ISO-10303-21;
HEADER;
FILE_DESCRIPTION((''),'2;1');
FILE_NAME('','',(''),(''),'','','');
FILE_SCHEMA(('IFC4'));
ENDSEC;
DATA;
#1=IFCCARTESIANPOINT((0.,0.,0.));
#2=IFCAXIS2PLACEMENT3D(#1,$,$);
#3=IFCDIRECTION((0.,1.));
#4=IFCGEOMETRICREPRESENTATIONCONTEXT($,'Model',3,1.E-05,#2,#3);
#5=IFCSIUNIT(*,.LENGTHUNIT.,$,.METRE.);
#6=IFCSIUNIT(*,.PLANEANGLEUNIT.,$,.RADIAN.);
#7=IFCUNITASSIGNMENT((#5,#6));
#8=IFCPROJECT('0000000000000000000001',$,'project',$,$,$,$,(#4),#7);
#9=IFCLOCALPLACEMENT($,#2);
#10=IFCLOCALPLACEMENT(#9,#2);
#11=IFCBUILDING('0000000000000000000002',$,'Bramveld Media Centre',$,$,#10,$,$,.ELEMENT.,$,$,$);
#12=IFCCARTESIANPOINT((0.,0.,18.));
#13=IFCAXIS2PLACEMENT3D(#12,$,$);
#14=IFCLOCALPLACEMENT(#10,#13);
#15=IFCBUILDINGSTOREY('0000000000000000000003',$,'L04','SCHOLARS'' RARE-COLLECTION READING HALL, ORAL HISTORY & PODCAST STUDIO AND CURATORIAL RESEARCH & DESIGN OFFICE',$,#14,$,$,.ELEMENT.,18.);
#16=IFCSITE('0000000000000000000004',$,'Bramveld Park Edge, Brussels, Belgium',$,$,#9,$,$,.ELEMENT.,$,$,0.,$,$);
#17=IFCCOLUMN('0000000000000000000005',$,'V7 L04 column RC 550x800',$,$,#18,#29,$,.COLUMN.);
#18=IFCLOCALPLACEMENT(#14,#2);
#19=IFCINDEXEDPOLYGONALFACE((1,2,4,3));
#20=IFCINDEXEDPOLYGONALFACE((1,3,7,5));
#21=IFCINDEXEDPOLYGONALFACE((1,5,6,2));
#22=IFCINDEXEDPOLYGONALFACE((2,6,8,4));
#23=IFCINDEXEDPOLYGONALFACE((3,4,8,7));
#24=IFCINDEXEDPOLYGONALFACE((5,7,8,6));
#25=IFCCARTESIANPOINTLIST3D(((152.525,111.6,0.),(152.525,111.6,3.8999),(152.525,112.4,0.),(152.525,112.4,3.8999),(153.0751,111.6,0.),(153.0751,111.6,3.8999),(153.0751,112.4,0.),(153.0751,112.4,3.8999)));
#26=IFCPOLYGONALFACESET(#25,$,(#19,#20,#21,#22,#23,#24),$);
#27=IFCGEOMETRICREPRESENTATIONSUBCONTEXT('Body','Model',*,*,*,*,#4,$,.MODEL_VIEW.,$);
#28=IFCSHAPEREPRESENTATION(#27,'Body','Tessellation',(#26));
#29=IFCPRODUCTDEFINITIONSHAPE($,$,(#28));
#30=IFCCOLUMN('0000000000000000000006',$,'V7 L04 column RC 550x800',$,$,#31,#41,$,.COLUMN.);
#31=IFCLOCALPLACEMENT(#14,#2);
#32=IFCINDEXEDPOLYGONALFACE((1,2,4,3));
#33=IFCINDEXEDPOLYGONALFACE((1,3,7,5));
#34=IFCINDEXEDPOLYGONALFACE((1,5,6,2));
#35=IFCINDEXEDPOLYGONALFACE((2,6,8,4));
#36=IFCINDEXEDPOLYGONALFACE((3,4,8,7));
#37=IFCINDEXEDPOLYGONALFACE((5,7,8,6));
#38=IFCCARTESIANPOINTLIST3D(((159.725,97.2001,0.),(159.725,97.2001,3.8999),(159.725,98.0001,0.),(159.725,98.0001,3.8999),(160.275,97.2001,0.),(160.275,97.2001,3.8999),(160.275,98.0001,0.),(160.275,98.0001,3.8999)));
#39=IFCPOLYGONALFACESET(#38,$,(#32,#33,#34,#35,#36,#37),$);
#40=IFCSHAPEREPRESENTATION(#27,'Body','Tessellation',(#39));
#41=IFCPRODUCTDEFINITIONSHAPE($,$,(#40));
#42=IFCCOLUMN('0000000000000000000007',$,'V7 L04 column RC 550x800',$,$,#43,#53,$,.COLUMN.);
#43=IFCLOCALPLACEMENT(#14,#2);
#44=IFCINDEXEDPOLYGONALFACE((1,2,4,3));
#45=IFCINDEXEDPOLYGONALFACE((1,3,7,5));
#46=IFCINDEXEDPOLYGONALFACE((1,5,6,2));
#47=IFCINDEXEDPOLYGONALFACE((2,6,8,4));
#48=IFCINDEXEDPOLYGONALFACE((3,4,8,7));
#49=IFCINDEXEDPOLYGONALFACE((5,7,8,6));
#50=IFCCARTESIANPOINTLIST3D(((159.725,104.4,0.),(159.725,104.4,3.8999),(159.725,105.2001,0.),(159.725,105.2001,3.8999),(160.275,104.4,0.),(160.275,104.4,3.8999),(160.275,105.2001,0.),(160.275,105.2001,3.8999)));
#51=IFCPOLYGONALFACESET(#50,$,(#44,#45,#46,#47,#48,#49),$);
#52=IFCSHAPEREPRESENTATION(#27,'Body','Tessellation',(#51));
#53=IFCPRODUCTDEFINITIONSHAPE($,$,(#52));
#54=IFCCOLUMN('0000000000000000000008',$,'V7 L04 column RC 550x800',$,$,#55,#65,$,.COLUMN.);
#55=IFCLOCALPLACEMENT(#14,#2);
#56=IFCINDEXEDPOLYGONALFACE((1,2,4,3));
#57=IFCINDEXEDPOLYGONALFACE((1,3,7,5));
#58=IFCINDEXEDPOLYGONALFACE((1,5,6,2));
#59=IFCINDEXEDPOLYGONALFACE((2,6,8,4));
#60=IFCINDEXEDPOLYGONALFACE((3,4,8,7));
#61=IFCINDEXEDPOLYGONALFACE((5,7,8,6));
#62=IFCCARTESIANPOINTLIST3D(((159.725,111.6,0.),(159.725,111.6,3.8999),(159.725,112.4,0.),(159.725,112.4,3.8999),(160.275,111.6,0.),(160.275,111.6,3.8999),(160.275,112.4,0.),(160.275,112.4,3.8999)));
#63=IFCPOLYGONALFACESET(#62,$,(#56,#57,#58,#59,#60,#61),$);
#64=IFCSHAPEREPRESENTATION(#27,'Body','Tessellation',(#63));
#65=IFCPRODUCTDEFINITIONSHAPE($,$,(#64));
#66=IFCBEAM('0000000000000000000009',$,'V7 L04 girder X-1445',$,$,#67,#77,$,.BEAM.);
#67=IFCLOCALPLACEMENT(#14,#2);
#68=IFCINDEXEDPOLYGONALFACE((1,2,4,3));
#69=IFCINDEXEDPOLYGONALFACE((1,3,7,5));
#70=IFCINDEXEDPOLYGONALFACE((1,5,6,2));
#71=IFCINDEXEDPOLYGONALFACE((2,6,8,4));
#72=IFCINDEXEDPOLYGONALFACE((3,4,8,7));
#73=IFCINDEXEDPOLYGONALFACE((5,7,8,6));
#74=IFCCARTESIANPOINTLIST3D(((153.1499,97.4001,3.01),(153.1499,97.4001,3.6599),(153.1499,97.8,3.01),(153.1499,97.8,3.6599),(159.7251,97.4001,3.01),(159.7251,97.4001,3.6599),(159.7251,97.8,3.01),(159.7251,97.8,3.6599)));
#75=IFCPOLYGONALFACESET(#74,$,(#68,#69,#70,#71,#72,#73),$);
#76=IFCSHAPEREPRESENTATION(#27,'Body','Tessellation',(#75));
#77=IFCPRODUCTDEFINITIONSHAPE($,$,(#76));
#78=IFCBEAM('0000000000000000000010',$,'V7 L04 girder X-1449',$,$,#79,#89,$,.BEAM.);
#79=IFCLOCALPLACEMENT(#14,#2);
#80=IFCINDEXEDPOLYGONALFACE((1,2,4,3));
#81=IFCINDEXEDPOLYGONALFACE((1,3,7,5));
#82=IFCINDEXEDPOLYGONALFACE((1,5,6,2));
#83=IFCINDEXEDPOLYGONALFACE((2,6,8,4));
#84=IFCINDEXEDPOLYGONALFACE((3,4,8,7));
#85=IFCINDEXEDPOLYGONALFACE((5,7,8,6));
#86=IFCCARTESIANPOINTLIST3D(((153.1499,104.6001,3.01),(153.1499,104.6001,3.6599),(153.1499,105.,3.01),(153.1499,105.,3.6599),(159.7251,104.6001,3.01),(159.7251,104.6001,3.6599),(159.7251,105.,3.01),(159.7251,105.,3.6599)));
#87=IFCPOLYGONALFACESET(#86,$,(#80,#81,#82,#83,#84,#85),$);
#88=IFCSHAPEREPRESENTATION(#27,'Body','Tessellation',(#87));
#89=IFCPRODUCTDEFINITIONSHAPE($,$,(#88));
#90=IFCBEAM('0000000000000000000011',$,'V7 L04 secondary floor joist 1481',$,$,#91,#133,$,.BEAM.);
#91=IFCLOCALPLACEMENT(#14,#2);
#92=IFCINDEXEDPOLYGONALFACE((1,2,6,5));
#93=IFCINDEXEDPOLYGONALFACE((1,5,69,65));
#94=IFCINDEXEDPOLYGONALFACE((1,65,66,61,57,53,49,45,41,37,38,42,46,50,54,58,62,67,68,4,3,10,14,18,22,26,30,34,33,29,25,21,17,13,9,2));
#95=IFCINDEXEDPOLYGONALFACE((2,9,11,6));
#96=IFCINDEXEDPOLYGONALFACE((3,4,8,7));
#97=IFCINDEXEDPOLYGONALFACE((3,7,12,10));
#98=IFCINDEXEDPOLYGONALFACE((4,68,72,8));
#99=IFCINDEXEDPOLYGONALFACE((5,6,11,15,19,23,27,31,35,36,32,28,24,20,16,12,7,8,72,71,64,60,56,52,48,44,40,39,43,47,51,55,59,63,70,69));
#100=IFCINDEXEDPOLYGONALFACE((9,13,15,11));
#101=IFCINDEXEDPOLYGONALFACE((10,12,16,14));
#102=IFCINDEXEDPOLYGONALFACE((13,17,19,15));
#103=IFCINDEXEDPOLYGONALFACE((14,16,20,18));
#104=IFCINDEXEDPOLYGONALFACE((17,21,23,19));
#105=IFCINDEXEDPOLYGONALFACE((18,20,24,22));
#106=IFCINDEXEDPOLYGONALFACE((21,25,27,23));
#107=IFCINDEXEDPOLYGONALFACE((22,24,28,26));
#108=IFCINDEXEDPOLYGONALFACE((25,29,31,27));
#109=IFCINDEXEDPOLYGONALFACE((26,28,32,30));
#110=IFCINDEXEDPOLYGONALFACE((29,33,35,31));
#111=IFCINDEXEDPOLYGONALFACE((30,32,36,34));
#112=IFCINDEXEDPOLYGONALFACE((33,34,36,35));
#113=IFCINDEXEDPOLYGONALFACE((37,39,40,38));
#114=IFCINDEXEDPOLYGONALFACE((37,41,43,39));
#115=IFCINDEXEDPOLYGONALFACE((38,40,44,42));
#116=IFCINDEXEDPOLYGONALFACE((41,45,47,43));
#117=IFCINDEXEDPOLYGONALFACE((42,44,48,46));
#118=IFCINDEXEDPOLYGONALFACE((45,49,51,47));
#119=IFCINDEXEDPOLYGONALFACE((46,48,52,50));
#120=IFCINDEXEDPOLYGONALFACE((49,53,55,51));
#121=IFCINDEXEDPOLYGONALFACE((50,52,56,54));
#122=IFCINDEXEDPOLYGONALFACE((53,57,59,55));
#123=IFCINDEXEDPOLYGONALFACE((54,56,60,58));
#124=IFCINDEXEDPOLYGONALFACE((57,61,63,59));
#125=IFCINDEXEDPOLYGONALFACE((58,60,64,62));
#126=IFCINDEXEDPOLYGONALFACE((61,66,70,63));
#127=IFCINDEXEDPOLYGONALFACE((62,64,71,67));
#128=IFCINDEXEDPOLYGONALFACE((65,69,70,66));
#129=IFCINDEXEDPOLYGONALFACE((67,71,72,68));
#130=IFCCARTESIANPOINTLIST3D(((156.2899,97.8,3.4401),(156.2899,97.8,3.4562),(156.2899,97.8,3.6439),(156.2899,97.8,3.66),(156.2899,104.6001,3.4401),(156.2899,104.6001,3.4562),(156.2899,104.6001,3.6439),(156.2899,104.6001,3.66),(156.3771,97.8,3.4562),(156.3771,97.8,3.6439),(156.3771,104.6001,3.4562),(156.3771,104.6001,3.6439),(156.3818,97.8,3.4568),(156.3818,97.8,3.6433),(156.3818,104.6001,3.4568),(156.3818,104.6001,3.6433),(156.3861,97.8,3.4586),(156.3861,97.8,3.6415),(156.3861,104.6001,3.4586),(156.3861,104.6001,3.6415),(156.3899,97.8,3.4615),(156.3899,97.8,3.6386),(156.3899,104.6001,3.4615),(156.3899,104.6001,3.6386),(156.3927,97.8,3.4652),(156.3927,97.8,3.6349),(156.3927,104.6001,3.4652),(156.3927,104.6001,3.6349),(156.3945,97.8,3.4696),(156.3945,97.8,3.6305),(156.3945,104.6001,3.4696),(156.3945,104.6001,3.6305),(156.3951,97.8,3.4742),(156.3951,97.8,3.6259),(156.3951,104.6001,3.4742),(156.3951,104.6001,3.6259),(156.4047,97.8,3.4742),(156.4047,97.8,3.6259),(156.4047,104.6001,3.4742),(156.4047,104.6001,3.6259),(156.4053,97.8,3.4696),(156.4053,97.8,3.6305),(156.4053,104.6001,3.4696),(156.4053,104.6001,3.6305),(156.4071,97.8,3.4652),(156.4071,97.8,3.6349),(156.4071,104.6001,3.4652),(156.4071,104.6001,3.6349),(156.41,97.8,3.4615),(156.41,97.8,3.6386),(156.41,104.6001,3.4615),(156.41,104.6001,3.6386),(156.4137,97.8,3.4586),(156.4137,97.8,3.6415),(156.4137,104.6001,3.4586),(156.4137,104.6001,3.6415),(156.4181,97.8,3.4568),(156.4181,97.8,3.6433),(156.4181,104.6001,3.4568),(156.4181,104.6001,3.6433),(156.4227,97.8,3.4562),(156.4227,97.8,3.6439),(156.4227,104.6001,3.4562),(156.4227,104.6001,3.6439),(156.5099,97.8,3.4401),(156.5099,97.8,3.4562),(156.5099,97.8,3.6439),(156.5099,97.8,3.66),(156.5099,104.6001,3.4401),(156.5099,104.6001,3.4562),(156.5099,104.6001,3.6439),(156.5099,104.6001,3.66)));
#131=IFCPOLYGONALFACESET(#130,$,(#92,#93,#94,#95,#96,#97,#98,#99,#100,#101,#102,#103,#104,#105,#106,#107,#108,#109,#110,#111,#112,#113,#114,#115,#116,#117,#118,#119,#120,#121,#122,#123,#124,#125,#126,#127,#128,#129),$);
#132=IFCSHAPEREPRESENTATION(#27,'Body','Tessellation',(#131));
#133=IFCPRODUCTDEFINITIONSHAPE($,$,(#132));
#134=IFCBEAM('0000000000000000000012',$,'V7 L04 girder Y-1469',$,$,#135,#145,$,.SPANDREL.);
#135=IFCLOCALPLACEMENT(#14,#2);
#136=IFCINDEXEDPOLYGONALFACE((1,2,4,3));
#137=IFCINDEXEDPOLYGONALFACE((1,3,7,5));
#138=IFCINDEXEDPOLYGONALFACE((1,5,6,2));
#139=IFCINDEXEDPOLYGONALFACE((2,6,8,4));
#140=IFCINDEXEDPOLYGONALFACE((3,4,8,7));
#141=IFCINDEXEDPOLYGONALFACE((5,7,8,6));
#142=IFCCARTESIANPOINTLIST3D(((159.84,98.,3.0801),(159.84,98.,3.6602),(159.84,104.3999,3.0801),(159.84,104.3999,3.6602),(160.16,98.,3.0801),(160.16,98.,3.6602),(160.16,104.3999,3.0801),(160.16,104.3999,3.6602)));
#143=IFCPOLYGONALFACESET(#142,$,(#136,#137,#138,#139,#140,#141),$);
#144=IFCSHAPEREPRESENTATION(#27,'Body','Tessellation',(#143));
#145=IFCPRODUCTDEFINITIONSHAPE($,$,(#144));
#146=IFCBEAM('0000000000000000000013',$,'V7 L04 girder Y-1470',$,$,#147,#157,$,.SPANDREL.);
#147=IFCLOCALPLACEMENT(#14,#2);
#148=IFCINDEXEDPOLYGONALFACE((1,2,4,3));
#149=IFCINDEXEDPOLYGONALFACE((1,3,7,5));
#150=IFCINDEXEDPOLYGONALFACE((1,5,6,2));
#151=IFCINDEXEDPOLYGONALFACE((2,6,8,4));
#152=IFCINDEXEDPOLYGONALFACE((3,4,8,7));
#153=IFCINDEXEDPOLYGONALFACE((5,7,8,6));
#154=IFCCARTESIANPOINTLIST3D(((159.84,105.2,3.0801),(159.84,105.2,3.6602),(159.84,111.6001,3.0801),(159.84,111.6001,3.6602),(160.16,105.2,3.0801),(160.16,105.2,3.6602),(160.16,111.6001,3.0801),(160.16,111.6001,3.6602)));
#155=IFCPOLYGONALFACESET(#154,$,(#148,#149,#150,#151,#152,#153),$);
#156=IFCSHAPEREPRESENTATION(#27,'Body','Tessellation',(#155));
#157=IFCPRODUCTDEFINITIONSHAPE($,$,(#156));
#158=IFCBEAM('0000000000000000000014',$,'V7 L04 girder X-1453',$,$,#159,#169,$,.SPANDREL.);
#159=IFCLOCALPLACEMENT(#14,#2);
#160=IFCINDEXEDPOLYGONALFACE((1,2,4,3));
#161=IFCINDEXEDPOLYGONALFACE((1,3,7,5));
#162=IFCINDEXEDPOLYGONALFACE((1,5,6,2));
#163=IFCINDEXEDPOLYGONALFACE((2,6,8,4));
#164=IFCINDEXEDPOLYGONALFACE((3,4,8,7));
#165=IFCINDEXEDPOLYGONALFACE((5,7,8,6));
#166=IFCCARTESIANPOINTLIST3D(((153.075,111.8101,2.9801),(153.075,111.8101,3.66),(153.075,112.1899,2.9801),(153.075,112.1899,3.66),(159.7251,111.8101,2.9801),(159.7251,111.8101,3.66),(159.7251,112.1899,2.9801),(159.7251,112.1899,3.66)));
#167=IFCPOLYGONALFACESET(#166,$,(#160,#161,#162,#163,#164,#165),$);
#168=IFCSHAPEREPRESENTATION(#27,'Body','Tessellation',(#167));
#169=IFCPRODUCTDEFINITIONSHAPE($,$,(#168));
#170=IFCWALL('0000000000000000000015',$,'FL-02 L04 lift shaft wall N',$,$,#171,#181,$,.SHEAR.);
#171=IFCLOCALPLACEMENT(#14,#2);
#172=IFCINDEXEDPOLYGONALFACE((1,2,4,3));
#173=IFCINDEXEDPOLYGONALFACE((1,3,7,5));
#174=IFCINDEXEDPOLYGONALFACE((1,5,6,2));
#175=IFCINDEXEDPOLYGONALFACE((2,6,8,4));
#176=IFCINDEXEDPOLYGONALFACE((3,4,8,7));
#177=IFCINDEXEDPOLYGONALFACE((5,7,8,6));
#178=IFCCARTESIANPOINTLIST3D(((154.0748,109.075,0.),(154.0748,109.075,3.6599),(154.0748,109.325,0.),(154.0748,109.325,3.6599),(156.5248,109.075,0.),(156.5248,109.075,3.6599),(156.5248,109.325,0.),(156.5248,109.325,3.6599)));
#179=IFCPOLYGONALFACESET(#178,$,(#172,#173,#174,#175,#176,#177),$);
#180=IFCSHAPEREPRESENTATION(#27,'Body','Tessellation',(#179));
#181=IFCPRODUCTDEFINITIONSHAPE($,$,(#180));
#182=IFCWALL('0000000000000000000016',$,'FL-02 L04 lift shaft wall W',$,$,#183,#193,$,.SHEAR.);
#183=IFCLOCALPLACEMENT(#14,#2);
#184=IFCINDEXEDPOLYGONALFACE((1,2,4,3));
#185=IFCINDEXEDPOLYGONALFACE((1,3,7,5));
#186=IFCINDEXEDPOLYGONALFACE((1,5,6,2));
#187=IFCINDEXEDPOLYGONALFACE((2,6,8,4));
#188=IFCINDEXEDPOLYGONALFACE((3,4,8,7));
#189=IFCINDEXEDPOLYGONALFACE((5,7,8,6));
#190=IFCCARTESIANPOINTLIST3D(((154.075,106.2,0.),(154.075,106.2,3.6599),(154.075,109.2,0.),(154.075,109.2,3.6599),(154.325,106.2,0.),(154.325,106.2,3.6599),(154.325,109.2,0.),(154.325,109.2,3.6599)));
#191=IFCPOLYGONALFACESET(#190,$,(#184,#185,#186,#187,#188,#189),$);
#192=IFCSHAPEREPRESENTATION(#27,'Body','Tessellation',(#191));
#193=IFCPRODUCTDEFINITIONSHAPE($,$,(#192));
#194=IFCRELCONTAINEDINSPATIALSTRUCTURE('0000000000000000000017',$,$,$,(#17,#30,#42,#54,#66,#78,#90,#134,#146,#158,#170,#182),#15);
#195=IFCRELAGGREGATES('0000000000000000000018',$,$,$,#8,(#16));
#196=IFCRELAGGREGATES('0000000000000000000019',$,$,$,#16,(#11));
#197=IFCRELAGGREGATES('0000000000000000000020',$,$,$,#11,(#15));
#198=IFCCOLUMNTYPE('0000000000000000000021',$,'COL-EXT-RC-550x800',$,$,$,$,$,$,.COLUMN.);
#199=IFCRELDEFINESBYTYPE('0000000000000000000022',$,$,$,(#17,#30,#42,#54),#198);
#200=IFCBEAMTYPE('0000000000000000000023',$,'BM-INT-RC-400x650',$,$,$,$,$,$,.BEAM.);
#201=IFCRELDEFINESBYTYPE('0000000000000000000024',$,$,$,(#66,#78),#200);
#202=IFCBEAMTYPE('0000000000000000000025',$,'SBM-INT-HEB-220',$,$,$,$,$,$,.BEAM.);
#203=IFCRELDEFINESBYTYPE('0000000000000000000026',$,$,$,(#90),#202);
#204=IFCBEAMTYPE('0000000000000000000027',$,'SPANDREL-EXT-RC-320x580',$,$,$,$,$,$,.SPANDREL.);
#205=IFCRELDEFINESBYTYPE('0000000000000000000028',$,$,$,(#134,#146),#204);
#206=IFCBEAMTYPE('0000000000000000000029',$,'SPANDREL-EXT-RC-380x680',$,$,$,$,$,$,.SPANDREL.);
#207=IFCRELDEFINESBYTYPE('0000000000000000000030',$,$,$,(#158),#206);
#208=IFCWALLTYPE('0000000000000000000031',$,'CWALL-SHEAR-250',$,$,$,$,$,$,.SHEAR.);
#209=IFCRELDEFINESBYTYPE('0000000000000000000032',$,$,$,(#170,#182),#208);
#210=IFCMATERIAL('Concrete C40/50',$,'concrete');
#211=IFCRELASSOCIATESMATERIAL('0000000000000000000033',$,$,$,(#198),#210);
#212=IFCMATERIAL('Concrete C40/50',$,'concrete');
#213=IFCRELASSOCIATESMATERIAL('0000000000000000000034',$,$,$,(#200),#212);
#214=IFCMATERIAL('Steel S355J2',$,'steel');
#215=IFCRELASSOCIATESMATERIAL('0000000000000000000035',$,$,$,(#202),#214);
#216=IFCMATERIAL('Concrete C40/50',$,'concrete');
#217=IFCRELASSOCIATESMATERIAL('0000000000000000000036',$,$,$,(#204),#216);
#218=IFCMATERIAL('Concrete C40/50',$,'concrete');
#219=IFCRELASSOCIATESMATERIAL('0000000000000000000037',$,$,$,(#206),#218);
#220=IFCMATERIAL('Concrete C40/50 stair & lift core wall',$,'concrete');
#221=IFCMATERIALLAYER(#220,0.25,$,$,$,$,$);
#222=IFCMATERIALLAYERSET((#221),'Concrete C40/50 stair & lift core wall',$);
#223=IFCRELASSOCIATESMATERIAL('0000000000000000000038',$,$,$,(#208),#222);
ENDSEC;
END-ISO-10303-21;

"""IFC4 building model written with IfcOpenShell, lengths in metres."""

from ifc_helpers import new_model, si_unit, direction, frame, frame_2d, origin, origin_2d, place, context, subcontext, project, spatial, rectangle, i_section, extrude, material, layer, layer_set, material_profile, profile_set, type_object, element, save


model = new_model("IFC4")

# Units and contexts
model_context = context("Model", 3, precision=1e-05, world=origin(), true_north=direction((0.0, 1.0)))
body_context = subcontext(model_context, "Body", "Model", "MODEL_VIEW")
ifc_project = project(units=[si_unit("LENGTHUNIT", "METRE"), si_unit("PLANEANGLEUNIT", "RADIAN")], contexts=[model_context])

# Site, building, storey
site_placement = place(None, origin())
site = spatial("IfcSite", under=ifc_project, at=site_placement, Name="Bramveld Park Edge, Brussels, Belgium", CompositionType="ELEMENT", RefElevation=0.0)
building_placement = place(site_placement, origin())
building = spatial("IfcBuilding", under=site, at=building_placement, Name="Bramveld Media Centre", CompositionType="ELEMENT")
storey_placement = place(building_placement, frame((0.0, 0.0, 18.0)))
storey = spatial("IfcBuildingStorey", under=building, at=storey_placement, Name="L04", Description="SCHOLARS' RARE-COLLECTION READING HALL, ORAL HISTORY & PODCAST STUDIO AND CURATORIAL RESEARCH & DESIGN OFFICE", CompositionType="ELEMENT", Elevation=18.0)

# Columns
ifc_material_1 = material(Name="Concrete C40/50", Category="concrete")
ifc_material_profile_1 = material_profile(ifc_material_1, rectangle(XDim=0.55, YDim=0.8, at=origin_2d()), Name="RC 550x800")
ifc_profile_set_1 = profile_set([ifc_material_profile_1], Name="Concrete C40/50")
column_type = type_object("IfcColumnType", Name="COL-EXT-RC-550x800", PredefinedType="COLUMN", material=ifc_profile_set_1)
for number, where, z_axis, x_axis, name in (
    (1, (152.8, 112.0, 0.0), (0.0, 0.0, 1.0), (1.0, 0.0, 0.0), "V7 L04 column RC 550x800"),
    (2, (160.0, 97.6001, 0.0), (0.0, 0.0, 1.0), (1.0, 0.0, 0.0), "V7 L04 column RC 550x800"),
    (3, (160.0, 104.8, 0.0), (0.0, 0.0, 1.0), (1.0, 0.0, 0.0), "V7 L04 column RC 550x800"),
    (4, (160.0, 112.0, 0.0), (0.0, 0.0, 1.0), (1.0, 0.0, 0.0), "V7 L04 column RC 550x800"),
):
    element("IfcColumn", number, at=place(storey_placement, frame(where, z_axis=z_axis, x_axis=x_axis)), inside=storey, type_object=column_type, Name=name, PredefinedType="COLUMN", context=body_context, shape_type="SweptSolid", body=[
        extrude(rectangle(XDim=0.55, YDim=0.8, at=origin_2d()), origin(), (0.0, 0.0, 1.0), 3.8999),
    ])

# Beams
ifc_material_2 = material(Name="Concrete C40/50", Category="concrete")
ifc_material_profile_2 = material_profile(ifc_material_2, rectangle(XDim=0.3999, YDim=0.6499, at=origin_2d()), Name="RC 400x650")
ifc_profile_set_2 = profile_set([ifc_material_profile_2], Name="Concrete C40/50")
beam_type_1 = type_object("IfcBeamType", Name="BM-INT-RC-400x650", PredefinedType="BEAM", material=ifc_profile_set_2)
for number, where, z_axis, x_axis, name in (
    (5, (153.1499, 97.6001, 3.335), (1.0, 0.0, 0.0), (0.0, 1.0, 0.0), "V7 L04 girder X-1445"),
    (6, (153.1499, 104.8, 3.335), (1.0, 0.0, 0.0), (0.0, 1.0, 0.0), "V7 L04 girder X-1449"),
):
    element("IfcBeam", number, at=place(storey_placement, frame(where, z_axis=z_axis, x_axis=x_axis)), inside=storey, type_object=beam_type_1, Name=name, PredefinedType="BEAM", context=body_context, shape_type="SweptSolid", body=[
        extrude(rectangle(XDim=0.3999, YDim=0.6499, at=origin_2d()), origin(), (0.0, 0.0, 1.0), 6.5752),
    ])
ifc_material_3 = material(Name="Steel S355J2", Category="steel")
ifc_material_profile_3 = material_profile(ifc_material_3, i_section(OverallWidth=0.22, OverallDepth=0.22, WebThickness=0.0095, FlangeThickness=0.0161, FilletRadius=0.0181, at=origin_2d()), Name="HEB 220")
ifc_profile_set_3 = profile_set([ifc_material_profile_3], Name="Steel S355J2")
beam_type_2 = type_object("IfcBeamType", Name="SBM-INT-HEB-220", PredefinedType="BEAM", material=ifc_profile_set_3)
beam_1_placement = place(storey_placement, frame((156.3999, 97.8, 3.55), z_axis=(0.0, 1.0, 0.0), x_axis=(-1.0, 0.0, 0.0)))
element("IfcBeam", 7, at=beam_1_placement, inside=storey, type_object=beam_type_2, Name="V7 L04 secondary floor joist 1481", PredefinedType="BEAM", context=body_context, shape_type="SweptSolid", body=[
    extrude(i_section(OverallWidth=0.22, OverallDepth=0.22, WebThickness=0.0095, FlangeThickness=0.0161, FilletRadius=0.0181, at=origin_2d()), origin(), (0.0, 0.0, 1.0), 6.8),
])
ifc_material_4 = material(Name="Concrete C40/50", Category="concrete")
ifc_material_profile_4 = material_profile(ifc_material_4, rectangle(XDim=0.3201, YDim=0.5801, at=origin_2d()), Name="RC 320x580")
ifc_profile_set_4 = profile_set([ifc_material_profile_4], Name="Concrete C40/50")
beam_type_3 = type_object("IfcBeamType", Name="SPANDREL-EXT-RC-320x580", PredefinedType="SPANDREL", material=ifc_profile_set_4)
beam_2_placement = place(storey_placement, frame((160.0, 98.0, 3.3701), z_axis=(0.0, 1.0, 0.0), x_axis=(-1.0, 0.0, 0.0)))
element("IfcBeam", 8, at=beam_2_placement, inside=storey, type_object=beam_type_3, Name="V7 L04 girder Y-1469", PredefinedType="SPANDREL", context=body_context, shape_type="SweptSolid", body=[
    extrude(rectangle(XDim=0.3201, YDim=0.5801, at=origin_2d()), origin(), (0.0, 0.0, 1.0), 6.3999),
])
beam_3_placement = place(storey_placement, frame((160.0, 105.2, 3.3701), z_axis=(0.0, 1.0, 0.0), x_axis=(-1.0, 0.0, 0.0)))
element("IfcBeam", 9, at=beam_3_placement, inside=storey, type_object=beam_type_3, Name="V7 L04 girder Y-1470", PredefinedType="SPANDREL", context=body_context, shape_type="SweptSolid", body=[
    extrude(rectangle(XDim=0.3201, YDim=0.5801, at=origin_2d()), origin(), (0.0, 0.0, 1.0), 6.4001),
])
ifc_material_5 = material(Name="Concrete C40/50", Category="concrete")
ifc_material_profile_5 = material_profile(ifc_material_5, rectangle(XDim=0.3799, YDim=0.6799, at=origin_2d()), Name="RC 380x680")
ifc_profile_set_5 = profile_set([ifc_material_profile_5], Name="Concrete C40/50")
beam_type_4 = type_object("IfcBeamType", Name="SPANDREL-EXT-RC-380x680", PredefinedType="SPANDREL", material=ifc_profile_set_5)
beam_4_placement = place(storey_placement, frame((153.075, 112.0, 3.3201), z_axis=(1.0, 0.0, 0.0), x_axis=(0.0, 1.0, 0.0)))
element("IfcBeam", 10, at=beam_4_placement, inside=storey, type_object=beam_type_4, Name="V7 L04 girder X-1453", PredefinedType="SPANDREL", context=body_context, shape_type="SweptSolid", body=[
    extrude(rectangle(XDim=0.3799, YDim=0.6799, at=origin_2d()), origin(), (0.0, 0.0, 1.0), 6.6501),
])

# Shared definitions
ifc_material_6 = material(Name="Concrete C40/50 stair & lift core wall", Category="concrete")
ifc_layer_1 = layer(ifc_material_6, 0.25)
ifc_layer_set_1 = layer_set([ifc_layer_1], Name="Concrete C40/50 stair & lift core wall")
wall_type_1 = type_object("IfcWallType", Name="CWALL-SHEAR-250", PredefinedType="SHEAR", material=ifc_layer_set_1)

# Walls
wall_1_placement = place(storey_placement, frame((156.5249, 109.2, 0.0), z_axis=(0.0, 0.0, 1.0), x_axis=(-1.0, 0.0, 0.0)))
element("IfcWall", 11, at=wall_1_placement, inside=storey, type_object=wall_type_1, Name="FL-02 L04 lift shaft wall N", PredefinedType="SHEAR", context=body_context, shape_type="SweptSolid", body=[
    extrude(rectangle(XDim=2.45, YDim=0.25, at=frame_2d((1.2251, 0.0))), origin(), (0.0, 0.0, 1.0), 3.6599),
])
for number, where, z_axis, x_axis, name in (
    (12, (154.2, 109.2, 0.0), (0.0, 0.0, 1.0), (0.0, -1.0, 0.0), "FL-02 L04 lift shaft wall W"),
):
    element("IfcWall", number, at=place(storey_placement, frame(where, z_axis=z_axis, x_axis=x_axis)), inside=storey, type_object=wall_type_1, Name=name, PredefinedType="SHEAR", context=body_context, shape_type="SweptSolid", body=[
        extrude(rectangle(XDim=3.0, YDim=0.25, at=frame_2d((1.5, 0.0))), origin(), (0.0, 0.0, 1.0), 3.6599),
    ])

save(model, "model.ifc")
